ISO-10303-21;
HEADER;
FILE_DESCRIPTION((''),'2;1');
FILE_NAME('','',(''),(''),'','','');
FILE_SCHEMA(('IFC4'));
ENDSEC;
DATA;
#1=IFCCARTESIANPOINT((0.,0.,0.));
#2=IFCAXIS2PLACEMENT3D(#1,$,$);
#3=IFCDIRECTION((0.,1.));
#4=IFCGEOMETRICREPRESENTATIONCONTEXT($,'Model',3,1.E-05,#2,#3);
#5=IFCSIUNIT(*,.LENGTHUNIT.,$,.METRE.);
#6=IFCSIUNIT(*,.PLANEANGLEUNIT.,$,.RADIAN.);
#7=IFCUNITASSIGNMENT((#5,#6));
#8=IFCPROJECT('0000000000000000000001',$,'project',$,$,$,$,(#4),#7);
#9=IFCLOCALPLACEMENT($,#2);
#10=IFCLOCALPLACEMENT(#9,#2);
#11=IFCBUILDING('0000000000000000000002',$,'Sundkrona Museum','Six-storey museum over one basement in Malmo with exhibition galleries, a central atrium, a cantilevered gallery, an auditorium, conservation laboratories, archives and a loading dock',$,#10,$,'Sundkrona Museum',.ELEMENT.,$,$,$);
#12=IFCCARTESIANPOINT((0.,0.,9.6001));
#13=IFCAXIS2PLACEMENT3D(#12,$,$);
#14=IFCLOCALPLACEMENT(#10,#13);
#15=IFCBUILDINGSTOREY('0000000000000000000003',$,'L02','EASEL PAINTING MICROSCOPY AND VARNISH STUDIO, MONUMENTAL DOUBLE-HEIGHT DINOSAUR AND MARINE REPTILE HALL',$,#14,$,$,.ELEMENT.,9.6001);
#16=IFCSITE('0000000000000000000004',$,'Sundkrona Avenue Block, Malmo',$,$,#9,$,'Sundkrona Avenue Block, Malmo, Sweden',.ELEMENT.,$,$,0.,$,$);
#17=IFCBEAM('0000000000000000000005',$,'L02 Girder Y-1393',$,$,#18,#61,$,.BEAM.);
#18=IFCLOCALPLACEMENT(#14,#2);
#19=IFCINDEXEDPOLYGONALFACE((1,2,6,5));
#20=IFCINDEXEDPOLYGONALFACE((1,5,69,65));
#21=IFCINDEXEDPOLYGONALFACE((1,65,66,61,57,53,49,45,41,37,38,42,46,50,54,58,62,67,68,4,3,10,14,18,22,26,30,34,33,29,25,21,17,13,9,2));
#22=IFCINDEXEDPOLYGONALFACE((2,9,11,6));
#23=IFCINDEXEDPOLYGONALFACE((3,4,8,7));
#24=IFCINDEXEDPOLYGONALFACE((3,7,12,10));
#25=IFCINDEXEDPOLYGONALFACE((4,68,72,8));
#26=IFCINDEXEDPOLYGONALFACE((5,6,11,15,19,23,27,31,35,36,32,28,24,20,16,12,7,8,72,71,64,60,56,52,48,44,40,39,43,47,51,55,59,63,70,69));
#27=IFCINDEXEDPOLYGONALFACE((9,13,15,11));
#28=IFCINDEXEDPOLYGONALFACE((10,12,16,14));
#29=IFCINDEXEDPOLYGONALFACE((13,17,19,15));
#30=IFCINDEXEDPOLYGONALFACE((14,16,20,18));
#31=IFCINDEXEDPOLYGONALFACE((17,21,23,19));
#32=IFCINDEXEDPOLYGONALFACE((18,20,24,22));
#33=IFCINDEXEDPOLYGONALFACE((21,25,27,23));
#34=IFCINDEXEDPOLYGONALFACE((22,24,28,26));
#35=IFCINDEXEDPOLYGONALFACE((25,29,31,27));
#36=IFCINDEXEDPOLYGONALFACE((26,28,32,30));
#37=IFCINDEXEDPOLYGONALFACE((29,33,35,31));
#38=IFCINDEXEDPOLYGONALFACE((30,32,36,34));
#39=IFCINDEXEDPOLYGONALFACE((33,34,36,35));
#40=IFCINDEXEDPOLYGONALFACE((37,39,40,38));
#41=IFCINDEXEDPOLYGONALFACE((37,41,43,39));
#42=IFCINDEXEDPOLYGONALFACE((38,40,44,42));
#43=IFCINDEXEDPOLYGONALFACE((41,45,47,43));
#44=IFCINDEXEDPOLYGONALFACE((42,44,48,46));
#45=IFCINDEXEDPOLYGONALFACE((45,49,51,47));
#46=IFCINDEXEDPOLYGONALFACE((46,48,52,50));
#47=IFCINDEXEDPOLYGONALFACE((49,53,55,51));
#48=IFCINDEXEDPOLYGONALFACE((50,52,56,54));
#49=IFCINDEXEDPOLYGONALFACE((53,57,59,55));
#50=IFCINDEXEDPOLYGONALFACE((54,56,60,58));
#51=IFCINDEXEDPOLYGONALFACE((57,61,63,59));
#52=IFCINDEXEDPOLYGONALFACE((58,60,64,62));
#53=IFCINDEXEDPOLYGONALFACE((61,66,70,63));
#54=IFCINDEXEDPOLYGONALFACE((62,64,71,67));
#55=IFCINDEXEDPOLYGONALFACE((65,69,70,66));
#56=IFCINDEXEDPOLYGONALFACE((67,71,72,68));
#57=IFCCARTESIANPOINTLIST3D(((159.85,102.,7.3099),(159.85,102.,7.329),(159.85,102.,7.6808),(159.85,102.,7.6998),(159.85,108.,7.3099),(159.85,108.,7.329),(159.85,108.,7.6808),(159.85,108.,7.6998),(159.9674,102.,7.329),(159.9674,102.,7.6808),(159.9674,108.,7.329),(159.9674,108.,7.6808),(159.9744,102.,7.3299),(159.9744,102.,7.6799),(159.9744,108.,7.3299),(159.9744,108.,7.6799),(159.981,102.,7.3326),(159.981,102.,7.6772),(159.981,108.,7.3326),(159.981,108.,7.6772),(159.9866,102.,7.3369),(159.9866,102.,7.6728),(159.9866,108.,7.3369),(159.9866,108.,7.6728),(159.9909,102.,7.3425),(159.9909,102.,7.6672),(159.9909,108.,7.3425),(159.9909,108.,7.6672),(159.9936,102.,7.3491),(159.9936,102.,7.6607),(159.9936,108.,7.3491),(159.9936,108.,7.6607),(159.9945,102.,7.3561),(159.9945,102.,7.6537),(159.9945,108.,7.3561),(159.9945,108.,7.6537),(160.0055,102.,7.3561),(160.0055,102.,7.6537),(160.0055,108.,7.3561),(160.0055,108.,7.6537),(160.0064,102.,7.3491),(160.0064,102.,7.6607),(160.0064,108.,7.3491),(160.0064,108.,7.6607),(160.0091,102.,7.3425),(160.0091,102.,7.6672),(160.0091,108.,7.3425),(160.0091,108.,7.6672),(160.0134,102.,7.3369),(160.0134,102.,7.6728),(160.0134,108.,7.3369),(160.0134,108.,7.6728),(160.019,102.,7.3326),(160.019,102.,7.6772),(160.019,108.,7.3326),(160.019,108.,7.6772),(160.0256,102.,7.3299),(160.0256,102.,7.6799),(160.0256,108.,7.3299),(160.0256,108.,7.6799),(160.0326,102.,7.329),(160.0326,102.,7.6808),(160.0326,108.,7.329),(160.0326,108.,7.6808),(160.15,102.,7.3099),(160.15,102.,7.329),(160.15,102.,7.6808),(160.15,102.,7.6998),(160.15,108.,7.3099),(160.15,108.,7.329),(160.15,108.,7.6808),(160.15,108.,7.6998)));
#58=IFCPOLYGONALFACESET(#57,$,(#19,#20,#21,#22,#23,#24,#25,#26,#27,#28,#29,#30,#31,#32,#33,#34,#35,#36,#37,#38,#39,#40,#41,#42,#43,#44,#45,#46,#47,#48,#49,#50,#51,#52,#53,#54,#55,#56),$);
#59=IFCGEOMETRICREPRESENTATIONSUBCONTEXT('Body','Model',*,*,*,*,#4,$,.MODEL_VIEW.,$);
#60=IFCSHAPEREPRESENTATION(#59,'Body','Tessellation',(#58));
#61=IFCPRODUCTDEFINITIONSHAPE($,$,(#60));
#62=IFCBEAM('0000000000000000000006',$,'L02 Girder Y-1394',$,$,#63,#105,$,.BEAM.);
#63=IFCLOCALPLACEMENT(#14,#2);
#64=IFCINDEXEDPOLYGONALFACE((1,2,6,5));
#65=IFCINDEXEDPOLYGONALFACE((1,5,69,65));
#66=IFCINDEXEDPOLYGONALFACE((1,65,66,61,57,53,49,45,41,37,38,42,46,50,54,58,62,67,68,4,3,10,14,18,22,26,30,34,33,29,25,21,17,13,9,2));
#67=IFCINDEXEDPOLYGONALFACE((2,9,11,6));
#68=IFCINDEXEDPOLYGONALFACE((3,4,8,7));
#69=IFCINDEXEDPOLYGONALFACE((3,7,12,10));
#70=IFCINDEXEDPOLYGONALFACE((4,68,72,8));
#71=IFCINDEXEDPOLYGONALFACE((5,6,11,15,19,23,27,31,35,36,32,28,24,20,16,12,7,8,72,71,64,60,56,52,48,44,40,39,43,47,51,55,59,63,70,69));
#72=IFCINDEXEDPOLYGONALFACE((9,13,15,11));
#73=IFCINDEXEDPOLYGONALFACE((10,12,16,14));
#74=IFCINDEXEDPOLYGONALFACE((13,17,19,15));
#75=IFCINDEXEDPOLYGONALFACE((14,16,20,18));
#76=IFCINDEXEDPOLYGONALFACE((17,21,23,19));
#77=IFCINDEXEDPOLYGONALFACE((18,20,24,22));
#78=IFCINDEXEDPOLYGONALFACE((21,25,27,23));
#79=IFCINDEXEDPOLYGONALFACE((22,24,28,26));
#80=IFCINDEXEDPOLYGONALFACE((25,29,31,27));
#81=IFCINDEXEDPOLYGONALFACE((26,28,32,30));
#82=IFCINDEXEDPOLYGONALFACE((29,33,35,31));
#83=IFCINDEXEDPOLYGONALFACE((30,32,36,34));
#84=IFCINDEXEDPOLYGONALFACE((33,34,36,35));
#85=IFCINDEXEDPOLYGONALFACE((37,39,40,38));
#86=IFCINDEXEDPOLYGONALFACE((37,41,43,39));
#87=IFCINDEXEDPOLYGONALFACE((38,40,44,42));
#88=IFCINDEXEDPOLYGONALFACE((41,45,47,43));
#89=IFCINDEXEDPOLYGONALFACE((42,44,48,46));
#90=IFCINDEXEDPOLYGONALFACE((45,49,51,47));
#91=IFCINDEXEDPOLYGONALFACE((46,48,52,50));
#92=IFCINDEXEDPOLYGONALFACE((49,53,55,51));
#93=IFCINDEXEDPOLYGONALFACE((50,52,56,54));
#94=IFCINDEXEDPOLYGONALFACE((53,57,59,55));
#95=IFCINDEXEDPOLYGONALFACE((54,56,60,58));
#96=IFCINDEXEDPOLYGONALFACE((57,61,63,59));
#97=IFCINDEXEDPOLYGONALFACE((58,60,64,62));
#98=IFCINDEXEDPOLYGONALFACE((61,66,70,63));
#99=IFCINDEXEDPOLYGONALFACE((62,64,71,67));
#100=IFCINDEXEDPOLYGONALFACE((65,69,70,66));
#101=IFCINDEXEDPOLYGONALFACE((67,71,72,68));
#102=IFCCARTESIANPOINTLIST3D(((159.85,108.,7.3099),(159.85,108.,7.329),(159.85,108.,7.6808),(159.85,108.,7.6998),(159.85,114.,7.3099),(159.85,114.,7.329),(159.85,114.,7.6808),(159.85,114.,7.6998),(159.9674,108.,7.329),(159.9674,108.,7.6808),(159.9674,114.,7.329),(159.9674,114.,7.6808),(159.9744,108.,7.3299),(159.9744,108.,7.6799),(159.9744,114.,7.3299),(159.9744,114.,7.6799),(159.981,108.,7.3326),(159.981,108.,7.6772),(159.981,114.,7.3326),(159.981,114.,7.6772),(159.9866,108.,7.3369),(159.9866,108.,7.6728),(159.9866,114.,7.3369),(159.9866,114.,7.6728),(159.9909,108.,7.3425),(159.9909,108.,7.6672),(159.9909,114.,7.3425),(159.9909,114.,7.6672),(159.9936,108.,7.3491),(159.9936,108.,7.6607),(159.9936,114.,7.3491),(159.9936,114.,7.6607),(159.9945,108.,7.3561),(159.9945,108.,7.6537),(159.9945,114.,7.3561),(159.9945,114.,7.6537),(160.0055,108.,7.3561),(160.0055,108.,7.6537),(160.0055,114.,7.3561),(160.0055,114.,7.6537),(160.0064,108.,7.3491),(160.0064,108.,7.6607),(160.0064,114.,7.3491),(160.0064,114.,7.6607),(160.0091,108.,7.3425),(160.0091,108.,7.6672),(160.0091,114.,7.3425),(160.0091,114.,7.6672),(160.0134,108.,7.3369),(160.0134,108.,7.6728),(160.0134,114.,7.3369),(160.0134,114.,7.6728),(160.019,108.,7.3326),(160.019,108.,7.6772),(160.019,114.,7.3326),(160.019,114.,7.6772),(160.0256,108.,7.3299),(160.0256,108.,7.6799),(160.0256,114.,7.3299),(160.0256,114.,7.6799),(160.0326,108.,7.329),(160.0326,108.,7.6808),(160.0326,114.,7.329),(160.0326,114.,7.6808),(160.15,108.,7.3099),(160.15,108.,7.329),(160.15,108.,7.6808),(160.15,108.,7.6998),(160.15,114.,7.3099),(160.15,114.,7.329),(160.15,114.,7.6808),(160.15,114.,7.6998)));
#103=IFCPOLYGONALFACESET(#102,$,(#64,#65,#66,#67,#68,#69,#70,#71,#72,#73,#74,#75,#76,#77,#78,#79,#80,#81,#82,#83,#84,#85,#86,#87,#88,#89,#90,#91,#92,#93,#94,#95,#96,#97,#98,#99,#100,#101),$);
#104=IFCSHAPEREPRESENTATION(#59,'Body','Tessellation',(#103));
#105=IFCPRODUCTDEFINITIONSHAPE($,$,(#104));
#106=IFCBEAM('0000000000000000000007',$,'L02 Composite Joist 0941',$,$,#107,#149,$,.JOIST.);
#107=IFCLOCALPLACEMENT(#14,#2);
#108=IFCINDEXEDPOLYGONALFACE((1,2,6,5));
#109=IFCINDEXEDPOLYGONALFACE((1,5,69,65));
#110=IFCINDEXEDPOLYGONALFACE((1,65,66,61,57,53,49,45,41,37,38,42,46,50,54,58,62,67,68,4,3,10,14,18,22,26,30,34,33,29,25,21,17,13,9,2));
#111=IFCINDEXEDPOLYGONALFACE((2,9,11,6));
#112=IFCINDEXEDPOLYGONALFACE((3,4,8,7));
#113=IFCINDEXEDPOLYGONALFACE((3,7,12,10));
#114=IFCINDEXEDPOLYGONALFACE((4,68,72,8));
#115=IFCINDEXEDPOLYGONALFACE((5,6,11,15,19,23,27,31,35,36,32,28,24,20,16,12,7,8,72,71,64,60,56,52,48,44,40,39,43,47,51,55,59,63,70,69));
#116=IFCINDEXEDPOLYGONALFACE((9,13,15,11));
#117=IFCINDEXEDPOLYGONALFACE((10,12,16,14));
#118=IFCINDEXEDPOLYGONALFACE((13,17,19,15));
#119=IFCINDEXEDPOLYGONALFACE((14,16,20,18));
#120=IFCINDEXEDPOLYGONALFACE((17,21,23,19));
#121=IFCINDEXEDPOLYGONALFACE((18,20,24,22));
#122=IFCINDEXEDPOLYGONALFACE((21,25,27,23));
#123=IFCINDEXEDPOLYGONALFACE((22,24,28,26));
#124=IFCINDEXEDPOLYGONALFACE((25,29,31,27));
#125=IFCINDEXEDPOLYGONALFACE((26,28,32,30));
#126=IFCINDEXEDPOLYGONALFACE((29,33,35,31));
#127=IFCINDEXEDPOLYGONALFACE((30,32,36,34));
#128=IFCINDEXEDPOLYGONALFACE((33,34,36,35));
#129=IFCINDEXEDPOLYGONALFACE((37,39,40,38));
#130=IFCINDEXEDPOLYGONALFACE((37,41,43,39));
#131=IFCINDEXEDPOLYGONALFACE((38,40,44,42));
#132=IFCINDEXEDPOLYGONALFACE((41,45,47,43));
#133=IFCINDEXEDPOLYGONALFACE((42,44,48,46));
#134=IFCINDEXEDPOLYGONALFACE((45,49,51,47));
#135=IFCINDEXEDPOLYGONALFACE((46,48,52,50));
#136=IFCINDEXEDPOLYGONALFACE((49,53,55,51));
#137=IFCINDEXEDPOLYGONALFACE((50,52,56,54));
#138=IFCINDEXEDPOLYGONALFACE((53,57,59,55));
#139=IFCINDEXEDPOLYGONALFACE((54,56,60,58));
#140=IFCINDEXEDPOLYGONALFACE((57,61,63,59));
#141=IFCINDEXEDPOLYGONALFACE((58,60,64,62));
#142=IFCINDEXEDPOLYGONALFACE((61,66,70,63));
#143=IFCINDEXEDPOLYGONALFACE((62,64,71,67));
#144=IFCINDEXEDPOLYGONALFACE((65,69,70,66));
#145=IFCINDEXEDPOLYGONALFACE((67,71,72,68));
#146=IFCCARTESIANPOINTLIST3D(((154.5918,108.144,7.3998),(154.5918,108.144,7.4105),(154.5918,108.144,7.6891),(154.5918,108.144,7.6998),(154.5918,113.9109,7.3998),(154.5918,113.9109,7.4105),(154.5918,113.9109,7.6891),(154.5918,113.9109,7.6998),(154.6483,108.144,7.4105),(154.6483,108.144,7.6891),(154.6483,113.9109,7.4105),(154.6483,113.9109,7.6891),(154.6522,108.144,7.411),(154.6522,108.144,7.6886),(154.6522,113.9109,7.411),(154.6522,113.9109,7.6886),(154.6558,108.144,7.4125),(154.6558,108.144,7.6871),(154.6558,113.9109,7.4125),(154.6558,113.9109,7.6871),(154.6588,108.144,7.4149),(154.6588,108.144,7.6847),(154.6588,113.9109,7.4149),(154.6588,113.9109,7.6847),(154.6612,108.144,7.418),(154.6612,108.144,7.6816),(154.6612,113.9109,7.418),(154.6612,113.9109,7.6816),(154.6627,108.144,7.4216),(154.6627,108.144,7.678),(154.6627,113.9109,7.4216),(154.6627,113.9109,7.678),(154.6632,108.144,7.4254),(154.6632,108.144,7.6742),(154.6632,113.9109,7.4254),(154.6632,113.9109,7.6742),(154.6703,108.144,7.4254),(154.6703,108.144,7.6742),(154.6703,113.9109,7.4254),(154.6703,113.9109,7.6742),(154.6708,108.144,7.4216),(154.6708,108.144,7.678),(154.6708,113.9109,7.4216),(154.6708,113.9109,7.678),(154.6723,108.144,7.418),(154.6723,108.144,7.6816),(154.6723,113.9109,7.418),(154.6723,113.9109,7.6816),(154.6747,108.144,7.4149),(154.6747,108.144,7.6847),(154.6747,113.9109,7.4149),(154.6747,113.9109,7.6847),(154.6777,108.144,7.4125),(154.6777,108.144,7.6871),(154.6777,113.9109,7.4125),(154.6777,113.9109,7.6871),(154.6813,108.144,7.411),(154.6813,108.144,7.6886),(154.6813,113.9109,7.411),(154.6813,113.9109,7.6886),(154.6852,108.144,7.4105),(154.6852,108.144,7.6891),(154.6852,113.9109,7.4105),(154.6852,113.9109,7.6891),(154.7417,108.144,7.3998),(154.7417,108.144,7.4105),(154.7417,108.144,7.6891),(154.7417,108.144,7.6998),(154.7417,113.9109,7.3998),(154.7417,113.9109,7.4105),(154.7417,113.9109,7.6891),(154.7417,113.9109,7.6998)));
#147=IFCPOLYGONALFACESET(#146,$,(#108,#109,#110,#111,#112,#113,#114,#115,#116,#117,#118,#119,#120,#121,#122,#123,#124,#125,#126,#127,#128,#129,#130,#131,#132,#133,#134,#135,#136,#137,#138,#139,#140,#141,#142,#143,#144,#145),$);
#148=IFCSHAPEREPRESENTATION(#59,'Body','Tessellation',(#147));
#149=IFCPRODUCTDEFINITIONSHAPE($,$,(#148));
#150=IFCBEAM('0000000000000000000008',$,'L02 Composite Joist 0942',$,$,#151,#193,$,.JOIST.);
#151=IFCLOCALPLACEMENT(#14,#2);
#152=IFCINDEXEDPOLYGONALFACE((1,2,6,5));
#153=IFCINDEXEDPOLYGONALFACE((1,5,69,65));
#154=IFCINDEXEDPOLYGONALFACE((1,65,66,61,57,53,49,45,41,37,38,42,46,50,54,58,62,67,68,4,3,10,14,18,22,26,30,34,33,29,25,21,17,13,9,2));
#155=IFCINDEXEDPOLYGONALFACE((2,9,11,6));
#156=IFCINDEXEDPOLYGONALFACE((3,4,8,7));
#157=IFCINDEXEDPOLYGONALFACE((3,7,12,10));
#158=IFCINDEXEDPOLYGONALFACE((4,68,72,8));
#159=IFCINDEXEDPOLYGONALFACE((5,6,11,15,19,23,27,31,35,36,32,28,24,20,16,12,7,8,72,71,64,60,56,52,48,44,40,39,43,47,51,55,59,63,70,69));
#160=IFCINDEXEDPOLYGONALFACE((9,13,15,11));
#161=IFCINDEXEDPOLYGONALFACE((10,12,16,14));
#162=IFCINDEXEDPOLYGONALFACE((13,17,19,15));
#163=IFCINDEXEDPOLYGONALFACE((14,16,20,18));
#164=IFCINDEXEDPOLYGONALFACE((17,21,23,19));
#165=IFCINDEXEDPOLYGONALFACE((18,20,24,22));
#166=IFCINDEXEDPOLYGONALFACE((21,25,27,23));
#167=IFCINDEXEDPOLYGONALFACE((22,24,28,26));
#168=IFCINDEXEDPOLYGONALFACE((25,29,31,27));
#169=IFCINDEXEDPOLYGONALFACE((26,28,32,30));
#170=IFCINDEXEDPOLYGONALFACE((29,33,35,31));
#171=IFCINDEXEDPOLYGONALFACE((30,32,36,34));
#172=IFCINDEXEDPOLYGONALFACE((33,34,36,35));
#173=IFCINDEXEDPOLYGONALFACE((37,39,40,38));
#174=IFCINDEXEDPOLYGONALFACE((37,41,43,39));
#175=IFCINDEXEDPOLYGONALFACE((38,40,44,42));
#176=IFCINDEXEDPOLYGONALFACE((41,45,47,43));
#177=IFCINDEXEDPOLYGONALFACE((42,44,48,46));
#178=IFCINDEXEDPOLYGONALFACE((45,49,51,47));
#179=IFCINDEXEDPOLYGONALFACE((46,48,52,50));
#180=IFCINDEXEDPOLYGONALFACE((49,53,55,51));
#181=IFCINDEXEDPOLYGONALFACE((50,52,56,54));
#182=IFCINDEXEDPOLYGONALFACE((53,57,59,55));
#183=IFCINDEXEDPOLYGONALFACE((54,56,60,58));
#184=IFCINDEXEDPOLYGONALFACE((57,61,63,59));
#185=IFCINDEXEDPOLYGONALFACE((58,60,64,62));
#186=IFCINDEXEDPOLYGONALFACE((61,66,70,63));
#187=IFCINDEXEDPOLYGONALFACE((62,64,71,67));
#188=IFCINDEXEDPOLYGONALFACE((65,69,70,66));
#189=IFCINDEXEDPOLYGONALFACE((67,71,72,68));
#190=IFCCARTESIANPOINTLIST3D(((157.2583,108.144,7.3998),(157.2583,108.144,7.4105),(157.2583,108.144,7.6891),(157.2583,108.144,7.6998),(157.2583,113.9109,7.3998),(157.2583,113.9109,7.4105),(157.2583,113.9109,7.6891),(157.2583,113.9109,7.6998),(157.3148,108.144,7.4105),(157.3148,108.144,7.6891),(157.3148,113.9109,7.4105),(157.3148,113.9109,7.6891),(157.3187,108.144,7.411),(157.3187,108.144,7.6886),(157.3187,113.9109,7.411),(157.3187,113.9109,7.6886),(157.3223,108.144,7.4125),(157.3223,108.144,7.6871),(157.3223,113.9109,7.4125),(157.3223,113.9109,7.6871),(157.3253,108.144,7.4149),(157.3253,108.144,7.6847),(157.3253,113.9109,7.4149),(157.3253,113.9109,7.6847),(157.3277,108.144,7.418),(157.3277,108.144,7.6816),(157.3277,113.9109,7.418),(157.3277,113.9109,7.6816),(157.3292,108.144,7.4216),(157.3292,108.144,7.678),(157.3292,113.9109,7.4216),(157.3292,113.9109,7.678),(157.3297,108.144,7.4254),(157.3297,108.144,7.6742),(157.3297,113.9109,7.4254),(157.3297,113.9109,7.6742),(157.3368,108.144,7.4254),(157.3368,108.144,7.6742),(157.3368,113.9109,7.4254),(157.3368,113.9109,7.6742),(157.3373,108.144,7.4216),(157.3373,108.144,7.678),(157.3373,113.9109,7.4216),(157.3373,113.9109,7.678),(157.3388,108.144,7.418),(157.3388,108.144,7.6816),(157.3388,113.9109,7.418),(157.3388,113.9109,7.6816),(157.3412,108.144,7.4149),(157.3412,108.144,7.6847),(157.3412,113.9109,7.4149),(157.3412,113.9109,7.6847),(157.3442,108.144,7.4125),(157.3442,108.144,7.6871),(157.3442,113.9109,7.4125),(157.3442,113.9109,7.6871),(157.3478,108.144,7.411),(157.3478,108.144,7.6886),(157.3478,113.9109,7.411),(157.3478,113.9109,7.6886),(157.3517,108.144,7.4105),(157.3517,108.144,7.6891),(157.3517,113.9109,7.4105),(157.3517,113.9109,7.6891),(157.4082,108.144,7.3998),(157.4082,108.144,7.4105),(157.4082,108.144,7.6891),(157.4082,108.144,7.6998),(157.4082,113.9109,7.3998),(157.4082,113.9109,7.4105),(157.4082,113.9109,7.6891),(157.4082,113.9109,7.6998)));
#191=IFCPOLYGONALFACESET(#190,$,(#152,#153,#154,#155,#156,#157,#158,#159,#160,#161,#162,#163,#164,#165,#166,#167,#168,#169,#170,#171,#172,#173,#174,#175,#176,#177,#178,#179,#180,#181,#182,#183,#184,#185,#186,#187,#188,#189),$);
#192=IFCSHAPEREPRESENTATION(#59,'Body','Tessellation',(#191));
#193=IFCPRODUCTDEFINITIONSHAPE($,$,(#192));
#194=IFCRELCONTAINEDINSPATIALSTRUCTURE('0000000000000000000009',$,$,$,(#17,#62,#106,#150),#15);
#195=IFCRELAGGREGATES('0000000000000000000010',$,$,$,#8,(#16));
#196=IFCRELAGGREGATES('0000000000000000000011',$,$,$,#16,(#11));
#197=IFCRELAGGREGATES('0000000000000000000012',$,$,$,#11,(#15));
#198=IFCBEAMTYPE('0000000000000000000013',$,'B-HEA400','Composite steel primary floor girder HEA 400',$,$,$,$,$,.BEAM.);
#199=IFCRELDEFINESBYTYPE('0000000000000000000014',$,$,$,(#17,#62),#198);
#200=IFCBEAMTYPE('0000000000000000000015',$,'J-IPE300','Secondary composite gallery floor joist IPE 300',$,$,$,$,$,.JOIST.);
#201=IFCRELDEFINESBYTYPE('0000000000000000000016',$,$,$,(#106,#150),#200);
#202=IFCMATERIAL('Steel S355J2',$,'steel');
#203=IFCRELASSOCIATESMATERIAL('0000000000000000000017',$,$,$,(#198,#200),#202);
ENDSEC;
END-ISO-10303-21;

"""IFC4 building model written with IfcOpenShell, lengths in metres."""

from ifc_helpers import new_model, si_unit, direction, frame, origin, origin_2d, place, context, subcontext, project, spatial, i_section, extrude, material, material_profile, profile_set, type_object, element, save


model = new_model("IFC4")

# Units and contexts
model_context = context("Model", 3, precision=1e-05, world=origin(), true_north=direction((0.0, 1.0)))
body_context = subcontext(model_context, "Body", "Model", "MODEL_VIEW")
ifc_project = project(units=[si_unit("LENGTHUNIT", "METRE"), si_unit("PLANEANGLEUNIT", "RADIAN")], contexts=[model_context])

# Site, building, storey
site_placement = place(None, origin())
site = spatial("IfcSite", under=ifc_project, at=site_placement, Name="Sundkrona Avenue Block, Malmo", LongName="Sundkrona Avenue Block, Malmo, Sweden", CompositionType="ELEMENT", RefElevation=0.0)
building_placement = place(site_placement, origin())
building = spatial("IfcBuilding", under=site, at=building_placement, Name="Sundkrona Museum", Description="Six-storey museum over one basement in Malmo with exhibition galleries, a central atrium, a cantilevered gallery, an auditorium, conservation laboratories, archives and a loading dock", LongName="Sundkrona Museum", CompositionType="ELEMENT")
storey_placement = place(building_placement, frame((0.0, 0.0, 9.6001)))
storey = spatial("IfcBuildingStorey", under=building, at=storey_placement, Name="L02", Description="EASEL PAINTING MICROSCOPY AND VARNISH STUDIO, MONUMENTAL DOUBLE-HEIGHT DINOSAUR AND MARINE REPTILE HALL", CompositionType="ELEMENT", Elevation=9.6001)

# Shared definitions
ifc_material_1 = material(Name="Steel S355J2", Category="steel")

# Beams
ifc_material_profile_1 = material_profile(ifc_material_1, i_section(OverallWidth=0.3, OverallDepth=0.3899, WebThickness=0.011, FlangeThickness=0.019, FilletRadius=0.0271, at=origin_2d()), Name="HEA 400")
ifc_profile_set_1 = profile_set([ifc_material_profile_1], Name="Steel S355J2")
beam_type_1 = type_object("IfcBeamType", Name="B-HEA400", Description="Composite steel primary floor girder HEA 400", PredefinedType="BEAM", material=ifc_profile_set_1)
for number, where, z_axis, x_axis, name in (
    (1, (160.0, 102.0, 7.5049), (0.0, 1.0, 0.0), (-1.0, 0.0, 0.0), "L02 Girder Y-1393"),
    (2, (160.0, 108.0, 7.5049), (0.0, 1.0, 0.0), (-1.0, 0.0, 0.0), "L02 Girder Y-1394"),
):
    element("IfcBeam", number, at=place(storey_placement, frame(where, z_axis=z_axis, x_axis=x_axis)), inside=storey, type_object=beam_type_1, Name=name, PredefinedType="BEAM", context=body_context, shape_type="SweptSolid", body=[
        extrude(i_section(OverallWidth=0.3, OverallDepth=0.3899, WebThickness=0.011, FlangeThickness=0.019, FilletRadius=0.0271, at=origin_2d()), origin(), (0.0, 0.0, 1.0), 6.0),
    ])
ifc_material_profile_2 = material_profile(ifc_material_1, i_section(OverallWidth=0.1499, OverallDepth=0.3, WebThickness=0.0071, FlangeThickness=0.0107, FilletRadius=0.0149, at=origin_2d()), Name="IPE 300")
ifc_profile_set_2 = profile_set([ifc_material_profile_2], Name="Steel S355J2")
beam_type_2 = type_object("IfcBeamType", Name="J-IPE300", Description="Secondary composite gallery floor joist IPE 300", PredefinedType="JOIST", material=ifc_profile_set_2)
for number, where, z_axis, x_axis, name in (
    (3, (154.6667, 108.144, 7.5498), (0.0, 1.0, 0.0), (-1.0, 0.0, 0.0), "L02 Composite Joist 0941"),
    (4, (157.3333, 108.144, 7.5498), (0.0, 1.0, 0.0), (-1.0, 0.0, 0.0), "L02 Composite Joist 0942"),
):
    element("IfcBeam", number, at=place(storey_placement, frame(where, z_axis=z_axis, x_axis=x_axis)), inside=storey, type_object=beam_type_2, Name=name, PredefinedType="JOIST", context=body_context, shape_type="SweptSolid", body=[
        extrude(i_section(OverallWidth=0.1499, OverallDepth=0.3, WebThickness=0.0071, FlangeThickness=0.0107, FilletRadius=0.0149, at=origin_2d()), origin(), (0.0, 0.0, 1.0), 5.7668),
    ])

save(model, "model.ifc")
